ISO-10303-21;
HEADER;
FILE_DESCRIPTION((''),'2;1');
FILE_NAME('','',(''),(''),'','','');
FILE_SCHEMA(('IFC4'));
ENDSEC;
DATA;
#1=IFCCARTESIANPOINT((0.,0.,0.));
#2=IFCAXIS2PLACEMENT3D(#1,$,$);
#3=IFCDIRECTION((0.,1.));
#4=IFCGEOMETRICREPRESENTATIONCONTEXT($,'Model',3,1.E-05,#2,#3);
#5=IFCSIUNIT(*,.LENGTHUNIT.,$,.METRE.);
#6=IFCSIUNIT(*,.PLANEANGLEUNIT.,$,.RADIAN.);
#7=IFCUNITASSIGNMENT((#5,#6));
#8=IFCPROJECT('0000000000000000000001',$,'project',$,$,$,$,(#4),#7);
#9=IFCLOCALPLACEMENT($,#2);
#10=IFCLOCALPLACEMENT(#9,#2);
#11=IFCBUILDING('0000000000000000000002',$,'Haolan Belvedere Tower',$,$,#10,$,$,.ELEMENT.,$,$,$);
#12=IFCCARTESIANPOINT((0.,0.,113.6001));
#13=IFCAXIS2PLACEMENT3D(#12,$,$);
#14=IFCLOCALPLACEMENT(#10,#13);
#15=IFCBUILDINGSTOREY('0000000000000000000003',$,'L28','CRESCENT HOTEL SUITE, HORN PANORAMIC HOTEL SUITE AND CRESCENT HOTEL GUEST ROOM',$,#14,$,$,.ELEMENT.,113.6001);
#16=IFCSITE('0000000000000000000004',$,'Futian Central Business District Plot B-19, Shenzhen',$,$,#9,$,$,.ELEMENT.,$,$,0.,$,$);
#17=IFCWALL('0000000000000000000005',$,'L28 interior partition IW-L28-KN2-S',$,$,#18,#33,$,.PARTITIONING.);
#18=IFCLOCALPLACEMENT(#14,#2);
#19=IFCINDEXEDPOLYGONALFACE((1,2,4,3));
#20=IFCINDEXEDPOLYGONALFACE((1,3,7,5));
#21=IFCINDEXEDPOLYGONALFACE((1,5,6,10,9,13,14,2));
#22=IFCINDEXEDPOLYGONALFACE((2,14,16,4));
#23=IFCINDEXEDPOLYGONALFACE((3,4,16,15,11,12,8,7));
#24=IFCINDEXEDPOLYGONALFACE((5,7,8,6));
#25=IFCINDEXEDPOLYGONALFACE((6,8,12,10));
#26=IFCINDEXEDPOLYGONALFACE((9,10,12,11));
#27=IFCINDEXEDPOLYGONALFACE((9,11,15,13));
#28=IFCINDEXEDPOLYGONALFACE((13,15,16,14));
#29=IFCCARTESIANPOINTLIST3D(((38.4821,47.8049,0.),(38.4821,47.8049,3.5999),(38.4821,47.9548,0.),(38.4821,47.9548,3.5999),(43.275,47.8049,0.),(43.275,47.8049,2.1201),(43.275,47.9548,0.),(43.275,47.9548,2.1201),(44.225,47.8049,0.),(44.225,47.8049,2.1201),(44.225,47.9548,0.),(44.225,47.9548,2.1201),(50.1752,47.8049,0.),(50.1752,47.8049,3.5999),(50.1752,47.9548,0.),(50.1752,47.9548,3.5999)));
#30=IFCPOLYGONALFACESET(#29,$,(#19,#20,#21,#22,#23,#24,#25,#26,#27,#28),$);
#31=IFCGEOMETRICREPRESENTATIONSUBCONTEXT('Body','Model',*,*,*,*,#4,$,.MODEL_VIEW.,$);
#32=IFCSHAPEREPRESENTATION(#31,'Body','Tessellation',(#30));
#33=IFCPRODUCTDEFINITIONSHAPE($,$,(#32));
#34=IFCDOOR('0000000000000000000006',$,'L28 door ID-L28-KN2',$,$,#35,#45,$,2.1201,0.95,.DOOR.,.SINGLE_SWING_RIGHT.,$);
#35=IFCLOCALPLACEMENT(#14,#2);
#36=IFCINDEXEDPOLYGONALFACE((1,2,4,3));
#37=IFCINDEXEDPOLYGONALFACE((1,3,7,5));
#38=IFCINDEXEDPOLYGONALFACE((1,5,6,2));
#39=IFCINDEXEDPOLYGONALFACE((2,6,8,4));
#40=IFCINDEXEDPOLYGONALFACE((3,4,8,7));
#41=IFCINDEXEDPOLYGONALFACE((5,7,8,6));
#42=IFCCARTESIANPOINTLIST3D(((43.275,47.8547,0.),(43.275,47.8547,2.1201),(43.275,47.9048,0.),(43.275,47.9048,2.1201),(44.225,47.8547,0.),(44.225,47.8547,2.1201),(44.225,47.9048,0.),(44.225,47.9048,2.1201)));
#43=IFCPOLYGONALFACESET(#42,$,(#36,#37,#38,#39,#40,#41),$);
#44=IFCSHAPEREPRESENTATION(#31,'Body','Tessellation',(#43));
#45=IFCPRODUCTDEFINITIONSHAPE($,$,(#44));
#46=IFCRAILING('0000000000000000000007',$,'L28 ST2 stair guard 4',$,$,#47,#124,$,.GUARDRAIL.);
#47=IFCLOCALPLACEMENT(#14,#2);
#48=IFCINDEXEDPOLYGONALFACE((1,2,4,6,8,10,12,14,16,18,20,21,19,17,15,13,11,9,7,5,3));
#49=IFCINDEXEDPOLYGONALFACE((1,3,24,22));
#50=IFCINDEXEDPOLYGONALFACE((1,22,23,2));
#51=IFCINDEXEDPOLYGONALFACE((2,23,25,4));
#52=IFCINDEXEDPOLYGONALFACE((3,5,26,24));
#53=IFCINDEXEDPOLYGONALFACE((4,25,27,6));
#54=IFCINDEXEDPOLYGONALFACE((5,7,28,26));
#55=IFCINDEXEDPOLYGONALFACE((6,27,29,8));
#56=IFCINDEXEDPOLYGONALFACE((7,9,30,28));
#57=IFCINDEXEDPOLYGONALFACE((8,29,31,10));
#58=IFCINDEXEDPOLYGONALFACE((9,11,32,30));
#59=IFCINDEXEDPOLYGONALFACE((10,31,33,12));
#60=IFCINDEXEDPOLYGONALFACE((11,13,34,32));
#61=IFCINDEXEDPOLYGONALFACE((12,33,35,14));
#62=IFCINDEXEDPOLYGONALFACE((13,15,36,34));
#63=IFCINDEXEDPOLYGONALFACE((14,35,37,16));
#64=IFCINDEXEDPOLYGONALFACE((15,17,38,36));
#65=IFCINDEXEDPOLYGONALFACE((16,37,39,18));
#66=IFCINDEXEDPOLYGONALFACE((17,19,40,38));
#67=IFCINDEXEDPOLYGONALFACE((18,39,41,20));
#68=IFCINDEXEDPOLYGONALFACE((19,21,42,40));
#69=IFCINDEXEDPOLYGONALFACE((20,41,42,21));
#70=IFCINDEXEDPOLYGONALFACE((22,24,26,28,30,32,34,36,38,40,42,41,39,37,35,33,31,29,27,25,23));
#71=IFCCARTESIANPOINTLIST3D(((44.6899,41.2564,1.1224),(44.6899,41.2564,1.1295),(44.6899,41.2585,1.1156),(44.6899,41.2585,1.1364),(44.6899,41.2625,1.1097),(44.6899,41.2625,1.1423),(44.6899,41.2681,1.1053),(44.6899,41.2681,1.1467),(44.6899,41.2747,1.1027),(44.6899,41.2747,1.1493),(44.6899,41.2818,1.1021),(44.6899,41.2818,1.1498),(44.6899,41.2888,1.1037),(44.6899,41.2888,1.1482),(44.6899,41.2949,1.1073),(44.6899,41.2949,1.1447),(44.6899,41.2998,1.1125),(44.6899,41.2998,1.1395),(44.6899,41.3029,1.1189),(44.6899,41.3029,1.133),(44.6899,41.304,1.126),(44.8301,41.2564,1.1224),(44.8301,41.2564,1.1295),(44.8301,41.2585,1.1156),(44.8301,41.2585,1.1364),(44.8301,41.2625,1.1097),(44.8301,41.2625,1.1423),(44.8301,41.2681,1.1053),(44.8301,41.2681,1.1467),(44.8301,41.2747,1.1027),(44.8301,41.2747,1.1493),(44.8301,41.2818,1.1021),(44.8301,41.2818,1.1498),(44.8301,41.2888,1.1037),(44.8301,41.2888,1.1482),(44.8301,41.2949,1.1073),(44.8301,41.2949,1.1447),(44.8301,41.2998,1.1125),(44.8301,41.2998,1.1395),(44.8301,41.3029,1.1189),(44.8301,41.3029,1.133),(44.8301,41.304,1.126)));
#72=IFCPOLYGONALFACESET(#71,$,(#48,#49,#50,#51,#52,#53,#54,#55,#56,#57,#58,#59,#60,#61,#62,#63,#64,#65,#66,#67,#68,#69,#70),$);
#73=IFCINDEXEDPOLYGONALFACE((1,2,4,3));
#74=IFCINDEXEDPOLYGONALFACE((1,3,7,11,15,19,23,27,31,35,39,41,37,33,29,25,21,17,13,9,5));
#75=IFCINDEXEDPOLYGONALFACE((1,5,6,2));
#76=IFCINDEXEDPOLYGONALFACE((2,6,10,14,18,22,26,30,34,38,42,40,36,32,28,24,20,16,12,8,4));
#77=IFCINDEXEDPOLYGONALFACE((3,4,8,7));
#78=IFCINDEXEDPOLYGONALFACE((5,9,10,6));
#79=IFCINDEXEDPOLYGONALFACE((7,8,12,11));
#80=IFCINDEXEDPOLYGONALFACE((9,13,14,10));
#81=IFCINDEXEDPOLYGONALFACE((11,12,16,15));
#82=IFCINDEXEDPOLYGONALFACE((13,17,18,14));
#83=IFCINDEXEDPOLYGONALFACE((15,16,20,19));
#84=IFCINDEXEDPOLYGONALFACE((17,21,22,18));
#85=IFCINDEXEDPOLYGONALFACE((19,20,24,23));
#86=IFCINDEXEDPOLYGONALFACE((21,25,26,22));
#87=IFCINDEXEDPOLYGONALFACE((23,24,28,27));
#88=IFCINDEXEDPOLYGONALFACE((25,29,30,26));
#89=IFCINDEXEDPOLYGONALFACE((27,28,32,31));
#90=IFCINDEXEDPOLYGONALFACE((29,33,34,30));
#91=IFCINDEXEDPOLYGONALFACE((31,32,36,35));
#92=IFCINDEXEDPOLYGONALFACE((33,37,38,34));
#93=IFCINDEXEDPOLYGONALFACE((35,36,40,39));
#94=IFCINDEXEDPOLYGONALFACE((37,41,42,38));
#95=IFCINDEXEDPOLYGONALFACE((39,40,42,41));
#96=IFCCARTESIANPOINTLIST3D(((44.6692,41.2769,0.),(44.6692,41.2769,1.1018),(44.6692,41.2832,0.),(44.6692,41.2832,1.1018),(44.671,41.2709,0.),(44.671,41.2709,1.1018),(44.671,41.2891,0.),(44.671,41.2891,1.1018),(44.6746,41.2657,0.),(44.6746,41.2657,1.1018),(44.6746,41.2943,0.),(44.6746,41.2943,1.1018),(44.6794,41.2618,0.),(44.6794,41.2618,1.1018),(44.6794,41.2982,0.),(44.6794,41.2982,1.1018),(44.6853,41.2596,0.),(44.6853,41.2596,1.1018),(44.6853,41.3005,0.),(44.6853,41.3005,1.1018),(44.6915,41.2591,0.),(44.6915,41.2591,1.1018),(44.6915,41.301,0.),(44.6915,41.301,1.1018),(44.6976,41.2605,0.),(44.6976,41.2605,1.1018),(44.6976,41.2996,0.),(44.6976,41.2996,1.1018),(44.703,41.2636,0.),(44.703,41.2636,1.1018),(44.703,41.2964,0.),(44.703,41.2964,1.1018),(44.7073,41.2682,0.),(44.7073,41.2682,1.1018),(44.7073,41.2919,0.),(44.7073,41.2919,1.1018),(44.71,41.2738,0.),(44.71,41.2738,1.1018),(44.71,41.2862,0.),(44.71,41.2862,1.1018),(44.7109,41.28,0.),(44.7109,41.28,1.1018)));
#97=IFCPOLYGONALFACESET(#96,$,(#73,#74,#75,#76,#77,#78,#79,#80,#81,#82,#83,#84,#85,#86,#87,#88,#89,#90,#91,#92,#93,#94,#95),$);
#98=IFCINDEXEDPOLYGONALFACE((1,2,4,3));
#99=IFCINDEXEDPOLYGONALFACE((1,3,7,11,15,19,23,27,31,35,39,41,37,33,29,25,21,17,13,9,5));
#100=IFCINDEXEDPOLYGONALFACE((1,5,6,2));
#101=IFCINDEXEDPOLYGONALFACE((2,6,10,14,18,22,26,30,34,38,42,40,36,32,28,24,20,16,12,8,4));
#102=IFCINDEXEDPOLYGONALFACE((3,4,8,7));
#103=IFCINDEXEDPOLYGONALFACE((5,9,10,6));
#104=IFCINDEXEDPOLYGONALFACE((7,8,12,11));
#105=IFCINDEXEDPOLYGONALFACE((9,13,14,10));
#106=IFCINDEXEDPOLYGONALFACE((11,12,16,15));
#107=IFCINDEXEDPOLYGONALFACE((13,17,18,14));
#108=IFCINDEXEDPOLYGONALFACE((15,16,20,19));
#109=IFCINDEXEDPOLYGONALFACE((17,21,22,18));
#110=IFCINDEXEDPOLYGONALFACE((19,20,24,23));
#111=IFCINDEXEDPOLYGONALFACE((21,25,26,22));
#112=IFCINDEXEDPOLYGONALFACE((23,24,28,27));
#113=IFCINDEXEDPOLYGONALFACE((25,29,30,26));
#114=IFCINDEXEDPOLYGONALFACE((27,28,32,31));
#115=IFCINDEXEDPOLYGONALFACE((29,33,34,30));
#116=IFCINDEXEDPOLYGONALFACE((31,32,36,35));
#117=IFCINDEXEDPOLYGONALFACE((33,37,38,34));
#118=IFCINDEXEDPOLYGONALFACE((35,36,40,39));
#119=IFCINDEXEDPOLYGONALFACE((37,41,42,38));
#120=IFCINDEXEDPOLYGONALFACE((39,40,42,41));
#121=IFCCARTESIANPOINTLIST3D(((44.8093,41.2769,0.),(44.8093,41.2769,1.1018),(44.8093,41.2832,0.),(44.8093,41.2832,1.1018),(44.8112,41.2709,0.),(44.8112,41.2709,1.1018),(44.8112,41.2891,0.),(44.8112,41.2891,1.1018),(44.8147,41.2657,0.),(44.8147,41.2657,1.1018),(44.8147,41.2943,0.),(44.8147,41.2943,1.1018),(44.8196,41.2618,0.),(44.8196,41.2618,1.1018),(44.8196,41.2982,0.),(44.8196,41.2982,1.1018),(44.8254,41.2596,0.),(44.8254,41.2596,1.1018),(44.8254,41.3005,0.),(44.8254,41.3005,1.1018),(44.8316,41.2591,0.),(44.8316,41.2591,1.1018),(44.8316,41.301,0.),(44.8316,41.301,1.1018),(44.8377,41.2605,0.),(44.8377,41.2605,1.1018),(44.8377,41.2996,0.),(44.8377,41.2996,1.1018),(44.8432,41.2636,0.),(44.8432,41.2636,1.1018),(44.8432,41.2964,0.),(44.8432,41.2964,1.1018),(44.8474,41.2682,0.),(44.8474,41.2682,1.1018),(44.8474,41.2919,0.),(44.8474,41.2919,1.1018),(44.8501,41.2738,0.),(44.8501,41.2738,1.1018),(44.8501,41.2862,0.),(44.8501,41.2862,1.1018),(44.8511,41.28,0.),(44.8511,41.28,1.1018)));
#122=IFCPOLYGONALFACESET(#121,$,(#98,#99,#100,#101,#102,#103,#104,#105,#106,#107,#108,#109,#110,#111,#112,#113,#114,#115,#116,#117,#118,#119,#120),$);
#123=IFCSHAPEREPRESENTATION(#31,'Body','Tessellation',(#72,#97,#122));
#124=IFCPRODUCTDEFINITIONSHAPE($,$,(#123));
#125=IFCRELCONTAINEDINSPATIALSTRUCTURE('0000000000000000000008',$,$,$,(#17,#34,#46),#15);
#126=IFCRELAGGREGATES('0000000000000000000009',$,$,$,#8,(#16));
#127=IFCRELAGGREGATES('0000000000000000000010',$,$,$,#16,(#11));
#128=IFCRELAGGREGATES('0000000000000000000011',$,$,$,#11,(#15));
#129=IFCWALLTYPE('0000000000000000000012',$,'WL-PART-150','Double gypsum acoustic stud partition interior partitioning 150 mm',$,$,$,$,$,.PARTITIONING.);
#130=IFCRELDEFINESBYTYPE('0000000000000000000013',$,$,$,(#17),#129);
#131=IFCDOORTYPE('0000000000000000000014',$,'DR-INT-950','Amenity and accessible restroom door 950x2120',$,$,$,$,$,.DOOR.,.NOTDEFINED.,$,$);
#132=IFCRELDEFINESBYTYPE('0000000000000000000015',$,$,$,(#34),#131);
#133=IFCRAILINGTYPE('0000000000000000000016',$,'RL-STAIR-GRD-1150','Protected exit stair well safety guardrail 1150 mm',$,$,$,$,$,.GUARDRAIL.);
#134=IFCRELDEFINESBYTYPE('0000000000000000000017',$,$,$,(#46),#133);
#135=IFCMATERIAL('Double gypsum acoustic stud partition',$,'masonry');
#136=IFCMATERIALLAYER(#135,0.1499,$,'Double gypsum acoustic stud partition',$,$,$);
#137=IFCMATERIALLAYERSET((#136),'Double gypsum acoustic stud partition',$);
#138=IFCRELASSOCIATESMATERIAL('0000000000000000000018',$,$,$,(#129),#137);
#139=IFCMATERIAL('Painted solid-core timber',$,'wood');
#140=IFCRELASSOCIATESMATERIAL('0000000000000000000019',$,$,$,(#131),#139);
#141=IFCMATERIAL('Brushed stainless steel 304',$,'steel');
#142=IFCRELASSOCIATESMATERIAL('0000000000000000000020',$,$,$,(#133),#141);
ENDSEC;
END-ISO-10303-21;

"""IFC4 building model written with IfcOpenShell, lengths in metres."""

from ifc_helpers import new_model, si_unit, direction, frame, frame_2d, origin, origin_2d, place, context, subcontext, project, spatial, rectangle, circle, extrude, material, layer, layer_set, type_object, element, fill, save


model = new_model("IFC4")

# Units and contexts
model_context = context("Model", 3, precision=1e-05, world=origin(), true_north=direction((0.0, 1.0)))
body_context = subcontext(model_context, "Body", "Model", "MODEL_VIEW")
ifc_project = project(units=[si_unit("LENGTHUNIT", "METRE"), si_unit("PLANEANGLEUNIT", "RADIAN")], contexts=[model_context])

# Site, building, storey
site_placement = place(None, origin())
site = spatial("IfcSite", under=ifc_project, at=site_placement, Name="Futian Central Business District Plot B-19, Shenzhen", CompositionType="ELEMENT", RefElevation=0.0)
building_placement = place(site_placement, origin())
building = spatial("IfcBuilding", under=site, at=building_placement, Name="Haolan Belvedere Tower", CompositionType="ELEMENT")
storey_placement = place(building_placement, frame((0.0, 0.0, 113.6001)))
storey = spatial("IfcBuildingStorey", under=building, at=storey_placement, Name="L28", Description="CRESCENT HOTEL SUITE, HORN PANORAMIC HOTEL SUITE AND CRESCENT HOTEL GUEST ROOM", CompositionType="ELEMENT", Elevation=113.6001)

# Shared definitions
ifc_material_1 = material(Name="Double gypsum acoustic stud partition", Category="masonry")
ifc_layer_1 = layer(ifc_material_1, 0.1499, Name="Double gypsum acoustic stud partition")
ifc_layer_set_1 = layer_set([ifc_layer_1], Name="Double gypsum acoustic stud partition")
wall_type_1 = type_object("IfcWallType", Name="WL-PART-150", Description="Double gypsum acoustic stud partition interior partitioning 150 mm", PredefinedType="PARTITIONING", material=ifc_layer_set_1)

# Wall, opening, door
wall_1_placement = place(storey_placement, frame((38.4819, 47.8799, 0.0), z_axis=(0.0, 0.0, 1.0), x_axis=(1.0, 0.0, 0.0)))
wall_1 = element("IfcWall", 1, at=wall_1_placement, inside=storey, type_object=wall_type_1, Name="L28 interior partition IW-L28-KN2-S", PredefinedType="PARTITIONING", context=body_context, shape_type="SweptSolid", body=[
    extrude(rectangle(XDim=11.6931, YDim=0.1499, at=frame_2d((5.8467, 0.0))), origin(), (0.0, 0.0, 1.0), 3.5999),
])
opening_1_placement = place(wall_1_placement, frame((4.793, 0.0, 0.0)))
opening_1 = element("IfcOpeningElement", 2, at=opening_1_placement, cuts=wall_1, PredefinedType="OPENING", context=body_context, shape_type="SweptSolid", body=[
    extrude(rectangle(XDim=0.95, YDim=2.1201, at=frame_2d((0.4751, 1.0601))), frame((0.0, 0.085, 0.0), z_axis=(0.0, -1.0, 0.0), x_axis=(1.0, 0.0, 0.0)), (0.0, 0.0, 1.0), 0.1699),
])
ifc_material_2 = material(Name="Painted solid-core timber", Category="wood")
door_type_1 = type_object("IfcDoorType", Name="DR-INT-950", Description="Amenity and accessible restroom door 950x2120", OperationType="NOTDEFINED", PredefinedType="DOOR", material=ifc_material_2)
door_1_placement = place(opening_1_placement, origin())
door_1 = element("IfcDoor", 3, at=door_1_placement, inside=storey, type_object=door_type_1, Name="L28 door ID-L28-KN2", OperationType="SINGLE_SWING_RIGHT", OverallHeight=2.1201, OverallWidth=0.95, PredefinedType="DOOR", context=body_context, shape_type="SweptSolid", body=[
    extrude(rectangle(XDim=0.95, YDim=2.1201, at=frame_2d((0.4751, 1.0601))), frame((0.0, 0.0249, 0.0), z_axis=(0.0, -1.0, 0.0), x_axis=(1.0, 0.0, 0.0)), (0.0, 0.0, 1.0), 0.05),
])
fill(opening_1, door_1)

# Railing
ifc_material_3 = material(Name="Brushed stainless steel 304", Category="steel")
railing_type = type_object("IfcRailingType", Name="RL-STAIR-GRD-1150", Description="Protected exit stair well safety guardrail 1150 mm", PredefinedType="GUARDRAIL", material=ifc_material_3)
railing_placement = place(storey_placement, frame((44.6899, 41.28, 0.0)))
element("IfcRailing", 4, at=railing_placement, inside=storey, type_object=railing_type, Name="L28 ST2 stair guard 4", PredefinedType="GUARDRAIL", context=body_context, shape_type="SweptSolid", body=[
    extrude(circle(Radius=0.0239, at=origin_2d()), frame((0.0, 0.0, 1.126), z_axis=(1.0, 0.0, 0.0), x_axis=(0.0, 1.0, 0.0)), (0.0, 0.0, 1.0), 0.1401),
    extrude(circle(Radius=0.021, at=origin_2d()), origin(), (0.0, 0.0, 1.0), 1.1018),
    extrude(circle(Radius=0.021, at=origin_2d()), frame((0.1401, 0.0, 0.0)), (0.0, 0.0, 1.0), 1.1018),
])

save(model, "model.ifc")
